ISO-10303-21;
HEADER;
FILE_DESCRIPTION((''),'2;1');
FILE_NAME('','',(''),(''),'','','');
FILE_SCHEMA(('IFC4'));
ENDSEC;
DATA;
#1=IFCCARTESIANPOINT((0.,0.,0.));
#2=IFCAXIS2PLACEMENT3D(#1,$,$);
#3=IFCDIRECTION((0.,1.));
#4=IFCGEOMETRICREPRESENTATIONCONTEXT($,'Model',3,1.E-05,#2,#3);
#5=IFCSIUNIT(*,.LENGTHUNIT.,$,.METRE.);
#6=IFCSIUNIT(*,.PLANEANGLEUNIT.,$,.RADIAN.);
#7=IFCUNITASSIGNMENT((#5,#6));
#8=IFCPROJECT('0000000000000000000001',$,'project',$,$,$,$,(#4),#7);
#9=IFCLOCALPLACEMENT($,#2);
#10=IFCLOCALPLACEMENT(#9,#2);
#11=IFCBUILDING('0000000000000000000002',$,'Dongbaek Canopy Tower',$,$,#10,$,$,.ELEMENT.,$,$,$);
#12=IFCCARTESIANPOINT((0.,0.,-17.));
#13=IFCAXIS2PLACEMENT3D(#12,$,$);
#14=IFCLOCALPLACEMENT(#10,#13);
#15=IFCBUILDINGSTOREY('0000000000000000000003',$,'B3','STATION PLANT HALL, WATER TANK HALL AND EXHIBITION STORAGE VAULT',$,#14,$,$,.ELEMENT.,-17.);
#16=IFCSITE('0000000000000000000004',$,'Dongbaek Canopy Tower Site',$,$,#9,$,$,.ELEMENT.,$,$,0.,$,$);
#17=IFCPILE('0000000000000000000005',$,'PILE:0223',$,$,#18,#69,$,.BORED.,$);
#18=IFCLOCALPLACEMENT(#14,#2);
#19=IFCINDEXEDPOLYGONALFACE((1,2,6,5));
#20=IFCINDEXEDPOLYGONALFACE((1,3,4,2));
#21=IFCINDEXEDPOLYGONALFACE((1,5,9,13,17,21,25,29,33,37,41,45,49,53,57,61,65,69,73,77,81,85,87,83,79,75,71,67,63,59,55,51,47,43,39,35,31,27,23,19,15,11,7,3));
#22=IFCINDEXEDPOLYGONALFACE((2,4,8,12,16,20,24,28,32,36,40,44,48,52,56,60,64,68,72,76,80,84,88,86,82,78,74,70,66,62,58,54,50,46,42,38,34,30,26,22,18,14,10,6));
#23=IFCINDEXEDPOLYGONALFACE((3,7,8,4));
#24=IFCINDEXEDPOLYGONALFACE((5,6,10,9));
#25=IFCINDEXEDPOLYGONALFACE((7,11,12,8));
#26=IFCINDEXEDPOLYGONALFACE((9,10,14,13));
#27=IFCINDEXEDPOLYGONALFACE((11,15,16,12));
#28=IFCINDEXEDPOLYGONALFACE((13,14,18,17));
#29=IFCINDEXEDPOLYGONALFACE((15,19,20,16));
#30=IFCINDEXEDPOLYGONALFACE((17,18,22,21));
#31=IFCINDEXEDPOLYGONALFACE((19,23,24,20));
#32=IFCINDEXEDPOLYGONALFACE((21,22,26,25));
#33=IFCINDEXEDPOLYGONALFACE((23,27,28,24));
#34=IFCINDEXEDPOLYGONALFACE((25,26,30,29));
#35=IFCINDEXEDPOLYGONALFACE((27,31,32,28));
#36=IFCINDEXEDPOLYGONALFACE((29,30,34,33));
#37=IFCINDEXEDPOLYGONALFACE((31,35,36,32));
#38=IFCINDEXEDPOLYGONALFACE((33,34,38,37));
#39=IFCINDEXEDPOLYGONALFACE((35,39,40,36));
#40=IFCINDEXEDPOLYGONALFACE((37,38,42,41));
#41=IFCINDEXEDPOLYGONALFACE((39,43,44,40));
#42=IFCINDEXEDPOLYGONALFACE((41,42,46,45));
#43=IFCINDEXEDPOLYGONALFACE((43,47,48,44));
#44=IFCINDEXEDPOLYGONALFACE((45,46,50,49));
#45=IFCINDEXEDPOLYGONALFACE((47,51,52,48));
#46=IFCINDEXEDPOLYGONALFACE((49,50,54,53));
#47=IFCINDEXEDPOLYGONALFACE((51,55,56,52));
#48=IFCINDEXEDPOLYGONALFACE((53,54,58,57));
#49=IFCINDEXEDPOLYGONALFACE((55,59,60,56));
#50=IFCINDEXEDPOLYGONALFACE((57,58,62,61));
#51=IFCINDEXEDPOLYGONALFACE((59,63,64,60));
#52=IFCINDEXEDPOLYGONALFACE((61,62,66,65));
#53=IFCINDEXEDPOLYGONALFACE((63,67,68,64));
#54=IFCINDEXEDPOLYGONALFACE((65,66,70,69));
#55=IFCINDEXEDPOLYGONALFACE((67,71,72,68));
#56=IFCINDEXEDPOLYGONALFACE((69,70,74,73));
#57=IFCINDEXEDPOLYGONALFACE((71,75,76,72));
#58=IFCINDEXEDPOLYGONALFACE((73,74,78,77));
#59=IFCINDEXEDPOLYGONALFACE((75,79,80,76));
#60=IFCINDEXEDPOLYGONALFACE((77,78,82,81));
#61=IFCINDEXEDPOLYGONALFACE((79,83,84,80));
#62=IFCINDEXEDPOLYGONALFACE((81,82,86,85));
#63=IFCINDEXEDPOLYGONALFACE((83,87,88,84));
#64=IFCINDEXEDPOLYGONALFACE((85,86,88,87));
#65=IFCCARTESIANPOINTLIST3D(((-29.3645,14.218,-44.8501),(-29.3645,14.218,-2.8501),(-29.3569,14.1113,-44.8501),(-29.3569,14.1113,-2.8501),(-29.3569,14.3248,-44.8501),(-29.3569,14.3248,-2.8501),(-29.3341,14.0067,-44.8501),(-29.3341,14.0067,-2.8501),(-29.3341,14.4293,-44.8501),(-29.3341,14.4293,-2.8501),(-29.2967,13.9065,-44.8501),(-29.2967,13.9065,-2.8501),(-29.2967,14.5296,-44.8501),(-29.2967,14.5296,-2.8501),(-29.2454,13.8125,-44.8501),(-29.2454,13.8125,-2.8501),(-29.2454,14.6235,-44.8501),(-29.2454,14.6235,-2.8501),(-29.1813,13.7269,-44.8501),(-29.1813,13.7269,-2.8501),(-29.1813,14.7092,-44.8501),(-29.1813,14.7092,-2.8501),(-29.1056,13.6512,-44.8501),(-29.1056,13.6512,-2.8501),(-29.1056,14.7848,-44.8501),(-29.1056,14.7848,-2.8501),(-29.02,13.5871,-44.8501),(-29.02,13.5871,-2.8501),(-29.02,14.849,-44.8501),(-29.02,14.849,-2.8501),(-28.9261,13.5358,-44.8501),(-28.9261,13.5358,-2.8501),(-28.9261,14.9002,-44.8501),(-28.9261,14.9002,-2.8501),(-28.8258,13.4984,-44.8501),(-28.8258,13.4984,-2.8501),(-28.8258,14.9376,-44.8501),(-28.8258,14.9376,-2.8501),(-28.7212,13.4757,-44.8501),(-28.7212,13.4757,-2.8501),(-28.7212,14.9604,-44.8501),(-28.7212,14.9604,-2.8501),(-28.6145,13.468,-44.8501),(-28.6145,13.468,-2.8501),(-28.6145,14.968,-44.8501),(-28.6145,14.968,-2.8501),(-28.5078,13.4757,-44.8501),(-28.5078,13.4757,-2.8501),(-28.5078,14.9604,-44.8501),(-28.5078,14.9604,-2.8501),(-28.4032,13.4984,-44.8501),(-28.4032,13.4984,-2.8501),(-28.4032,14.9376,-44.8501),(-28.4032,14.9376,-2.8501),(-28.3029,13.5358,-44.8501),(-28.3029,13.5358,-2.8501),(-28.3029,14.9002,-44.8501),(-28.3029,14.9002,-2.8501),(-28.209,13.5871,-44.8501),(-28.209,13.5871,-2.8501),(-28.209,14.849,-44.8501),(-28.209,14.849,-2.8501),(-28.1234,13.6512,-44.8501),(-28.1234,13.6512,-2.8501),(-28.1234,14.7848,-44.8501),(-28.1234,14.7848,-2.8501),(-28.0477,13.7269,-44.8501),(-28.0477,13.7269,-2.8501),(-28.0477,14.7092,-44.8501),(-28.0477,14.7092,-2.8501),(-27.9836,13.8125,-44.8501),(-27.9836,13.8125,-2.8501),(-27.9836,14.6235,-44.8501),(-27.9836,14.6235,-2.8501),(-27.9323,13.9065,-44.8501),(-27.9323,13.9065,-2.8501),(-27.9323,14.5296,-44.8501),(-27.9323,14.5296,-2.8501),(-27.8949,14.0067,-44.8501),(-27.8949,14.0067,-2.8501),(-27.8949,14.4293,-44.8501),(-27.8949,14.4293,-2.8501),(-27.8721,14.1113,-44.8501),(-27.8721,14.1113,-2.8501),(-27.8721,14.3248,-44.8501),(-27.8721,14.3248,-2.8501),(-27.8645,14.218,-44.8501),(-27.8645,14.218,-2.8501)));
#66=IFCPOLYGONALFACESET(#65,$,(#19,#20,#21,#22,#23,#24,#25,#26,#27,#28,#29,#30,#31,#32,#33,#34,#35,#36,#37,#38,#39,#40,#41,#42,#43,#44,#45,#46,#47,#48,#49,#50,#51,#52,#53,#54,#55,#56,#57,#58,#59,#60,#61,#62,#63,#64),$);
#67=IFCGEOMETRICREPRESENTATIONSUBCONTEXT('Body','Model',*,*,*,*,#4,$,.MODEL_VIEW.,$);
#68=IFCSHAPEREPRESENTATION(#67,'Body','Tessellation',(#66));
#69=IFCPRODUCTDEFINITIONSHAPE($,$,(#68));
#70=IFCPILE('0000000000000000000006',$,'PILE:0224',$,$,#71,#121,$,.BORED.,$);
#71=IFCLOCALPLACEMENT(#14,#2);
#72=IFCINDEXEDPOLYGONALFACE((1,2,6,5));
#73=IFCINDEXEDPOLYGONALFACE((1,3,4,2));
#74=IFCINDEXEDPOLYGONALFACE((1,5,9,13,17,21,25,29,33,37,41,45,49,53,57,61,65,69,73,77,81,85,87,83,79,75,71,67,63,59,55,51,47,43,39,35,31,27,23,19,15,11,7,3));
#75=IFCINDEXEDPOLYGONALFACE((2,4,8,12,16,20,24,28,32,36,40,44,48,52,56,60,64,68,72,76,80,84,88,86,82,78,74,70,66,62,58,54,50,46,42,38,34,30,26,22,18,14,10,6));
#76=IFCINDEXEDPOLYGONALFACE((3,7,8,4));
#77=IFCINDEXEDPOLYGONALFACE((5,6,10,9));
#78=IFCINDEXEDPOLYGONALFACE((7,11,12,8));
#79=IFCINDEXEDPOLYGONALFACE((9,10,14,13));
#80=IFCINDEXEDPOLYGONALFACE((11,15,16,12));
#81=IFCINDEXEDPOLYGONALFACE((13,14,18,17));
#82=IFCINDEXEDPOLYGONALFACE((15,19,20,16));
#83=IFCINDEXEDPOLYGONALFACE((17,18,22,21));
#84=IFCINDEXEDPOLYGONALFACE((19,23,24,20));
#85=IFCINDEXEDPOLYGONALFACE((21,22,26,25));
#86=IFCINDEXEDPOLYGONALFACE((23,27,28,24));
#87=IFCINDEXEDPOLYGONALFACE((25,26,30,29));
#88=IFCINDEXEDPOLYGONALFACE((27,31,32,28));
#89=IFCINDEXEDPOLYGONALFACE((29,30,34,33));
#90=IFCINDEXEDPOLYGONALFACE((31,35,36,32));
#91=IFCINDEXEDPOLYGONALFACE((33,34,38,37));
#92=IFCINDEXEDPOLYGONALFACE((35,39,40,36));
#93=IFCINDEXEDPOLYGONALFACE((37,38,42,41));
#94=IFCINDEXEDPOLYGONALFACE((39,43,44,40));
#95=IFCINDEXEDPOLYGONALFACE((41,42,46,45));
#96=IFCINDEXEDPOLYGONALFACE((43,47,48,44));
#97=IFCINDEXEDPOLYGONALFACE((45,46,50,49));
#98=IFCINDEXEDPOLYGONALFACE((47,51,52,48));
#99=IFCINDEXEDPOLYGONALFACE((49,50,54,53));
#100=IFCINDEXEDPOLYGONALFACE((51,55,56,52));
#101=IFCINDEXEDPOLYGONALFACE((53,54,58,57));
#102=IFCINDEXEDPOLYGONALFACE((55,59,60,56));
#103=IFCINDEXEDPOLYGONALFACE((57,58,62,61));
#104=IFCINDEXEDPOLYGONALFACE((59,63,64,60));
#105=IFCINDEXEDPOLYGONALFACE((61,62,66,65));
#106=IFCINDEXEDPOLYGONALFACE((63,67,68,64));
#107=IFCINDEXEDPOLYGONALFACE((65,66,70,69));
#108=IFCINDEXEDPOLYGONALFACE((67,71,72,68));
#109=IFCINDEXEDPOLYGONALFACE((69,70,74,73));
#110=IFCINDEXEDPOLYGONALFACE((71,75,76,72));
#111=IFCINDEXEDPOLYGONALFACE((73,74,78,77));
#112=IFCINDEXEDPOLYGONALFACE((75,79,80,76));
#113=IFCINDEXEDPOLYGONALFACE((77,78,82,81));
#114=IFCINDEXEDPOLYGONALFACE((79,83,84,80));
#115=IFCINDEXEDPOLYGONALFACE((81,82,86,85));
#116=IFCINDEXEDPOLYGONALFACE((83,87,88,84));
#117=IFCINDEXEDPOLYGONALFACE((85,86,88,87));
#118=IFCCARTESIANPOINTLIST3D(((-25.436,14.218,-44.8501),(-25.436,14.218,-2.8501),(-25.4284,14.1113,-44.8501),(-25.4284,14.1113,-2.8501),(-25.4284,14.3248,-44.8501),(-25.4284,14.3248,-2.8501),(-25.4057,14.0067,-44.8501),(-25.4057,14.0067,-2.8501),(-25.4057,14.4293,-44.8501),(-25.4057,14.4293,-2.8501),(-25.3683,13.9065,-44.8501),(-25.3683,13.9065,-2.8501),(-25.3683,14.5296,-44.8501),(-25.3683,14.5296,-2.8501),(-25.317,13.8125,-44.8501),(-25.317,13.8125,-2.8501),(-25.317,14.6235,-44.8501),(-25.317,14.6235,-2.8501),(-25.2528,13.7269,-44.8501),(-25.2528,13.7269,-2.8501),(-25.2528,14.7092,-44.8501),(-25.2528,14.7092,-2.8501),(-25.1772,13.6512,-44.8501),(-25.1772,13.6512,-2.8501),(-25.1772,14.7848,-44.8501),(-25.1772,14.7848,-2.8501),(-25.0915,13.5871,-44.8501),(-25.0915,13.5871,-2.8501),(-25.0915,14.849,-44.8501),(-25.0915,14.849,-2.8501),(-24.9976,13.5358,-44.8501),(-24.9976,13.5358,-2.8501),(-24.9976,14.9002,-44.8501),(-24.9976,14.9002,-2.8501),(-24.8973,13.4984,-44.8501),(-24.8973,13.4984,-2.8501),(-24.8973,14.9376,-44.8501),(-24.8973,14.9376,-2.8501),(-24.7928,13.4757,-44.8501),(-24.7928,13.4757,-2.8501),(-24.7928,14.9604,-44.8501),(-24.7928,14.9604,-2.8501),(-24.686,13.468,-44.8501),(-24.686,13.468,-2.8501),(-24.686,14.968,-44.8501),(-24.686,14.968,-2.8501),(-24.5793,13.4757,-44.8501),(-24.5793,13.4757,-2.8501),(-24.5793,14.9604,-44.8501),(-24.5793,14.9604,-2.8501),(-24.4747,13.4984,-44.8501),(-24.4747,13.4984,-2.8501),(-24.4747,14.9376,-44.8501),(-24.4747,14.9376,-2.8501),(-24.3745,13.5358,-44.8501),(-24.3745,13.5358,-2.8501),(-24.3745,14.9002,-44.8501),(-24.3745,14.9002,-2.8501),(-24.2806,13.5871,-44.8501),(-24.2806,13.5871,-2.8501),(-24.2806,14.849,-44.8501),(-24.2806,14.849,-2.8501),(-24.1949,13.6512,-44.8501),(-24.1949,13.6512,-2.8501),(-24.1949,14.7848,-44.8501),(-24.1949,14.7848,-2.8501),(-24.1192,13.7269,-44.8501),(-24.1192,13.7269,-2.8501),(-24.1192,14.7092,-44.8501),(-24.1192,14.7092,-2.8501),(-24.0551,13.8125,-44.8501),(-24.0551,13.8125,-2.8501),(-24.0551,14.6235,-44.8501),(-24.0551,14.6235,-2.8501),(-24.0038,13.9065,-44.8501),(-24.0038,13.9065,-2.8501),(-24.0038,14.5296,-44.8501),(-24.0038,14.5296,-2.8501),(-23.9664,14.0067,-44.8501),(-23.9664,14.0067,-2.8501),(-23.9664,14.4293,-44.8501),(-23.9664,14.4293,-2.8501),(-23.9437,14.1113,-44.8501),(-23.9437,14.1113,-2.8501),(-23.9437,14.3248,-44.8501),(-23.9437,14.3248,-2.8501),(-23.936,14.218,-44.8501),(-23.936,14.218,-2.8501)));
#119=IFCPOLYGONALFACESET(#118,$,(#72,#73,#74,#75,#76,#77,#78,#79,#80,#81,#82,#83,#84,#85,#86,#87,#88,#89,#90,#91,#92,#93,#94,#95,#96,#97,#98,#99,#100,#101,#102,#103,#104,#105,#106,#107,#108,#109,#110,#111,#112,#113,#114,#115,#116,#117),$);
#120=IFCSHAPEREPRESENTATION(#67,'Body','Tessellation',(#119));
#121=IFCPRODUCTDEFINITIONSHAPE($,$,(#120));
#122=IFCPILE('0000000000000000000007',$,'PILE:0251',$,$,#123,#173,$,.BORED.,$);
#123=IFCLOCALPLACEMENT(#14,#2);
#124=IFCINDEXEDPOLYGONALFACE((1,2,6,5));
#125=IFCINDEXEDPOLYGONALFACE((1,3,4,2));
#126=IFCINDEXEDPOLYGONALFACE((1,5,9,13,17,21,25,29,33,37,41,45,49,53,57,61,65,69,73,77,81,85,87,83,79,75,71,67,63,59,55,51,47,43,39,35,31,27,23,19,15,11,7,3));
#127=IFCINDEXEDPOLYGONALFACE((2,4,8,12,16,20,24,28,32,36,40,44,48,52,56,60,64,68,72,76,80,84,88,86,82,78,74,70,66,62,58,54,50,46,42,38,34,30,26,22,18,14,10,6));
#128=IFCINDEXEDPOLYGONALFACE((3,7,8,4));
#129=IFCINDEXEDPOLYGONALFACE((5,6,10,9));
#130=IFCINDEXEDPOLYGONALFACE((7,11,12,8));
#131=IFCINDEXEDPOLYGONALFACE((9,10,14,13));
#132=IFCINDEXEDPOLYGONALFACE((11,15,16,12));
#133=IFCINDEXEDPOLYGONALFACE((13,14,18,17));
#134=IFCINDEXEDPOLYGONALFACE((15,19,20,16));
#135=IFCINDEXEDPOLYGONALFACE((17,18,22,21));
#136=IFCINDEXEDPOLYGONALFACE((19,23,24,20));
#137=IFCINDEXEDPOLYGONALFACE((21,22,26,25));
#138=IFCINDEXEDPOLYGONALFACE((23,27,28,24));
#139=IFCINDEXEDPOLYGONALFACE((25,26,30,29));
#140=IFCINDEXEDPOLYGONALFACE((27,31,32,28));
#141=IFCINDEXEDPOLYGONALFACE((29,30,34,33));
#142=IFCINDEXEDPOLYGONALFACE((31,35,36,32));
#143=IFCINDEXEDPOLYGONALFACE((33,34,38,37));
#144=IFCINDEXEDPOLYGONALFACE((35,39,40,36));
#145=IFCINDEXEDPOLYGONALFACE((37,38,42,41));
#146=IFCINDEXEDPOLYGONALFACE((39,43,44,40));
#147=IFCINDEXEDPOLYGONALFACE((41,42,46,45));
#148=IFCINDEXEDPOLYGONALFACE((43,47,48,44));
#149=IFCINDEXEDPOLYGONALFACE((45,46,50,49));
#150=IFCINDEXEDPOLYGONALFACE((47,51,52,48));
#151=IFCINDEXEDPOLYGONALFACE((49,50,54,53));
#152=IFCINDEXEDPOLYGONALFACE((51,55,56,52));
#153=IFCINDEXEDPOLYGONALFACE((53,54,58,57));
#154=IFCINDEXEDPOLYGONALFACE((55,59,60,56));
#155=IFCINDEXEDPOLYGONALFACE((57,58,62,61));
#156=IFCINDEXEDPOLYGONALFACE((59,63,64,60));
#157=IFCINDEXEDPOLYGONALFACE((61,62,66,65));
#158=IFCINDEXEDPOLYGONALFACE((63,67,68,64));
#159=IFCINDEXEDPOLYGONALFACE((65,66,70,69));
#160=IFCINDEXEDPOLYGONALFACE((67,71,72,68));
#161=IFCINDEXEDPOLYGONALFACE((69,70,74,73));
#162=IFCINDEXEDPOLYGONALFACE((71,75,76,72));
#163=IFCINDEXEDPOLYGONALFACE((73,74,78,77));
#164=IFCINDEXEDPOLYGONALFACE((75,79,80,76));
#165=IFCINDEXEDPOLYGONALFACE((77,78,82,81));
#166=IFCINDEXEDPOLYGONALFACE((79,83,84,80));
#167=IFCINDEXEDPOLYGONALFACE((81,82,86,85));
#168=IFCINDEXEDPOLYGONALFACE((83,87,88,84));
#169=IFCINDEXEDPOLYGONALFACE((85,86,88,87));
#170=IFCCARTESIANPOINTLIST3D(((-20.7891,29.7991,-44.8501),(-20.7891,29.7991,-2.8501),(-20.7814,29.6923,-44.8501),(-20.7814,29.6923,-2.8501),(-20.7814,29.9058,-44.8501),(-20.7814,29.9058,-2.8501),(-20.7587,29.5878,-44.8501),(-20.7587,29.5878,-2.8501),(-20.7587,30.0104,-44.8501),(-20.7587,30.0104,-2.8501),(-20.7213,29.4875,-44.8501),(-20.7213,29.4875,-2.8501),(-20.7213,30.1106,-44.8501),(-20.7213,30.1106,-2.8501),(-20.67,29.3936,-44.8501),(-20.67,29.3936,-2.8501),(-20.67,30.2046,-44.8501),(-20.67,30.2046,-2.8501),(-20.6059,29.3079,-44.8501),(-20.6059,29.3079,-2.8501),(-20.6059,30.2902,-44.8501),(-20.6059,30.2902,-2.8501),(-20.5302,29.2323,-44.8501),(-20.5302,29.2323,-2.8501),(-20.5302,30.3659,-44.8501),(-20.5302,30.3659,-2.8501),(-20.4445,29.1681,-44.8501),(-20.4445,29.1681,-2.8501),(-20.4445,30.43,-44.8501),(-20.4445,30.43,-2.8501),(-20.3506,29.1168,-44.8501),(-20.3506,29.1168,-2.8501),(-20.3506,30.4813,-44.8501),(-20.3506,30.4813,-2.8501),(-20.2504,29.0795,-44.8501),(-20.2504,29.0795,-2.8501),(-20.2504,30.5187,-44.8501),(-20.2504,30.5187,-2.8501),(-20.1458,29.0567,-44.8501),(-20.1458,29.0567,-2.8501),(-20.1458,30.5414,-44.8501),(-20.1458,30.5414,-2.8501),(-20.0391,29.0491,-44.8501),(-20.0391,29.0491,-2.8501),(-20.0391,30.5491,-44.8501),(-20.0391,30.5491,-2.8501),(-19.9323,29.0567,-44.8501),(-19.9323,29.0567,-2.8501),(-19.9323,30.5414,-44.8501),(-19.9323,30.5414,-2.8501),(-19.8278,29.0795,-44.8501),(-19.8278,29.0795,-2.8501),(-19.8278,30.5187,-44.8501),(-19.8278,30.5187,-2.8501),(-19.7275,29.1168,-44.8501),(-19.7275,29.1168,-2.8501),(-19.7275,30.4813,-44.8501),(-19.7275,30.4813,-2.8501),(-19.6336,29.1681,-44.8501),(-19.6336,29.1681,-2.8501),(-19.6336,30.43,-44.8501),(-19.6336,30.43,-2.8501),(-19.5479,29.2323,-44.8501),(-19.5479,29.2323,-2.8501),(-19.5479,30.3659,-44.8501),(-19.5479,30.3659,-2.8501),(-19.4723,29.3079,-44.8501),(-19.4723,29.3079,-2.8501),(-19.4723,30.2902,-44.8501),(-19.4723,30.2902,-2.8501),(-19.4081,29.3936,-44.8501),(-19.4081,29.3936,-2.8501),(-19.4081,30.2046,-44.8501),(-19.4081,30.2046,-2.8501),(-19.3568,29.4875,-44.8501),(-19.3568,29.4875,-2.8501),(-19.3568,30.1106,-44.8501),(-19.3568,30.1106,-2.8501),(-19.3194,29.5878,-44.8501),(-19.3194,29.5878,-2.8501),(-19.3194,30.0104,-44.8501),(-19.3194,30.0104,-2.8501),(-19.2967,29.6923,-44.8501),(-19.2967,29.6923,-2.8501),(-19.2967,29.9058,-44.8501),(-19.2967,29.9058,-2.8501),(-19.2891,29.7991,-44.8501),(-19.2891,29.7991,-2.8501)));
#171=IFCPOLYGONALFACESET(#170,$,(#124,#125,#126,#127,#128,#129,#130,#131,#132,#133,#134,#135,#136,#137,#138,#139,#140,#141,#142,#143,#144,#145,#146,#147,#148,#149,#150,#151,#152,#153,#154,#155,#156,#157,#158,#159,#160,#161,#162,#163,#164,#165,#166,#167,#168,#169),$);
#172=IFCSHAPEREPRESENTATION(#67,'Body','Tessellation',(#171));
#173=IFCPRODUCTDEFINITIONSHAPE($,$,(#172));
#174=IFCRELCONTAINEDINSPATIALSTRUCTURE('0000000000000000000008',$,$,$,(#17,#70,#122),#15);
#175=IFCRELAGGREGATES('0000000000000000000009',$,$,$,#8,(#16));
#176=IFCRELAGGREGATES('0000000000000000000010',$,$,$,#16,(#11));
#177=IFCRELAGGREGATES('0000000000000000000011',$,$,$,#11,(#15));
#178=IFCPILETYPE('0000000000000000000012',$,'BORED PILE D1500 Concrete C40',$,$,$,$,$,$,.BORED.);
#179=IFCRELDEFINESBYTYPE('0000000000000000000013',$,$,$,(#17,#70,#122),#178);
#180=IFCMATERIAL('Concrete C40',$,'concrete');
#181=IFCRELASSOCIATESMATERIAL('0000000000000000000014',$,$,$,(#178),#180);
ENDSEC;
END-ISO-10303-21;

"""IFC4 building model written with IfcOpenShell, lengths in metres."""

from ifc_helpers import new_model, si_unit, direction, frame, origin, origin_2d, place, context, subcontext, project, spatial, circle, extrude, material, material_profile, profile_set, type_object, element, save


model = new_model("IFC4")

# Units and contexts
model_context = context("Model", 3, precision=1e-05, world=origin(), true_north=direction((0.0, 1.0)))
body_context = subcontext(model_context, "Body", "Model", "MODEL_VIEW")
ifc_project = project(units=[si_unit("LENGTHUNIT", "METRE"), si_unit("PLANEANGLEUNIT", "RADIAN")], contexts=[model_context])

# Site, building, storey
site_placement = place(None, origin())
site = spatial("IfcSite", under=ifc_project, at=site_placement, Name="Dongbaek Canopy Tower Site", CompositionType="ELEMENT", RefElevation=0.0)
building_placement = place(site_placement, origin())
building = spatial("IfcBuilding", under=site, at=building_placement, Name="Dongbaek Canopy Tower", CompositionType="ELEMENT")
storey_placement = place(building_placement, frame((0.0, 0.0, -17.0)))
storey = spatial("IfcBuildingStorey", under=building, at=storey_placement, Name="B3", Description="STATION PLANT HALL, WATER TANK HALL AND EXHIBITION STORAGE VAULT", CompositionType="ELEMENT", Elevation=-17.0)

# Piles
ifc_material_1 = material(Name="Concrete C40", Category="concrete")
ifc_material_profile_1 = material_profile(ifc_material_1, circle(Radius=0.75, at=origin_2d()), Name="BORED PILE D1500 Concrete C40")
ifc_profile_set_1 = profile_set([ifc_material_profile_1], Name="Concrete C40")
pile_type = type_object("IfcPileType", Name="BORED PILE D1500 Concrete C40", PredefinedType="BORED", material=ifc_profile_set_1)
for number, where, z_axis, x_axis, name in (
    (1, (-28.6145, 14.218, -2.8501), (0.0, 0.0, -1.0), (1.0, 0.0, 0.0), "PILE:0223"),
    (2, (-24.686, 14.218, -2.8501), (0.0, 0.0, -1.0), (1.0, 0.0, 0.0), "PILE:0224"),
    (3, (-20.0391, 29.7991, -2.8501), (0.0, 0.0, -1.0), (1.0, 0.0, 0.0), "PILE:0251"),
):
    element("IfcPile", number, at=place(storey_placement, frame(where, z_axis=z_axis, x_axis=x_axis)), inside=storey, type_object=pile_type, Name=name, PredefinedType="BORED", context=body_context, shape_type="SweptSolid", body=[
        extrude(circle(Radius=0.75, at=origin_2d()), origin(), (0.0, 0.0, 1.0), 42.0),
    ])

save(model, "model.ifc")
